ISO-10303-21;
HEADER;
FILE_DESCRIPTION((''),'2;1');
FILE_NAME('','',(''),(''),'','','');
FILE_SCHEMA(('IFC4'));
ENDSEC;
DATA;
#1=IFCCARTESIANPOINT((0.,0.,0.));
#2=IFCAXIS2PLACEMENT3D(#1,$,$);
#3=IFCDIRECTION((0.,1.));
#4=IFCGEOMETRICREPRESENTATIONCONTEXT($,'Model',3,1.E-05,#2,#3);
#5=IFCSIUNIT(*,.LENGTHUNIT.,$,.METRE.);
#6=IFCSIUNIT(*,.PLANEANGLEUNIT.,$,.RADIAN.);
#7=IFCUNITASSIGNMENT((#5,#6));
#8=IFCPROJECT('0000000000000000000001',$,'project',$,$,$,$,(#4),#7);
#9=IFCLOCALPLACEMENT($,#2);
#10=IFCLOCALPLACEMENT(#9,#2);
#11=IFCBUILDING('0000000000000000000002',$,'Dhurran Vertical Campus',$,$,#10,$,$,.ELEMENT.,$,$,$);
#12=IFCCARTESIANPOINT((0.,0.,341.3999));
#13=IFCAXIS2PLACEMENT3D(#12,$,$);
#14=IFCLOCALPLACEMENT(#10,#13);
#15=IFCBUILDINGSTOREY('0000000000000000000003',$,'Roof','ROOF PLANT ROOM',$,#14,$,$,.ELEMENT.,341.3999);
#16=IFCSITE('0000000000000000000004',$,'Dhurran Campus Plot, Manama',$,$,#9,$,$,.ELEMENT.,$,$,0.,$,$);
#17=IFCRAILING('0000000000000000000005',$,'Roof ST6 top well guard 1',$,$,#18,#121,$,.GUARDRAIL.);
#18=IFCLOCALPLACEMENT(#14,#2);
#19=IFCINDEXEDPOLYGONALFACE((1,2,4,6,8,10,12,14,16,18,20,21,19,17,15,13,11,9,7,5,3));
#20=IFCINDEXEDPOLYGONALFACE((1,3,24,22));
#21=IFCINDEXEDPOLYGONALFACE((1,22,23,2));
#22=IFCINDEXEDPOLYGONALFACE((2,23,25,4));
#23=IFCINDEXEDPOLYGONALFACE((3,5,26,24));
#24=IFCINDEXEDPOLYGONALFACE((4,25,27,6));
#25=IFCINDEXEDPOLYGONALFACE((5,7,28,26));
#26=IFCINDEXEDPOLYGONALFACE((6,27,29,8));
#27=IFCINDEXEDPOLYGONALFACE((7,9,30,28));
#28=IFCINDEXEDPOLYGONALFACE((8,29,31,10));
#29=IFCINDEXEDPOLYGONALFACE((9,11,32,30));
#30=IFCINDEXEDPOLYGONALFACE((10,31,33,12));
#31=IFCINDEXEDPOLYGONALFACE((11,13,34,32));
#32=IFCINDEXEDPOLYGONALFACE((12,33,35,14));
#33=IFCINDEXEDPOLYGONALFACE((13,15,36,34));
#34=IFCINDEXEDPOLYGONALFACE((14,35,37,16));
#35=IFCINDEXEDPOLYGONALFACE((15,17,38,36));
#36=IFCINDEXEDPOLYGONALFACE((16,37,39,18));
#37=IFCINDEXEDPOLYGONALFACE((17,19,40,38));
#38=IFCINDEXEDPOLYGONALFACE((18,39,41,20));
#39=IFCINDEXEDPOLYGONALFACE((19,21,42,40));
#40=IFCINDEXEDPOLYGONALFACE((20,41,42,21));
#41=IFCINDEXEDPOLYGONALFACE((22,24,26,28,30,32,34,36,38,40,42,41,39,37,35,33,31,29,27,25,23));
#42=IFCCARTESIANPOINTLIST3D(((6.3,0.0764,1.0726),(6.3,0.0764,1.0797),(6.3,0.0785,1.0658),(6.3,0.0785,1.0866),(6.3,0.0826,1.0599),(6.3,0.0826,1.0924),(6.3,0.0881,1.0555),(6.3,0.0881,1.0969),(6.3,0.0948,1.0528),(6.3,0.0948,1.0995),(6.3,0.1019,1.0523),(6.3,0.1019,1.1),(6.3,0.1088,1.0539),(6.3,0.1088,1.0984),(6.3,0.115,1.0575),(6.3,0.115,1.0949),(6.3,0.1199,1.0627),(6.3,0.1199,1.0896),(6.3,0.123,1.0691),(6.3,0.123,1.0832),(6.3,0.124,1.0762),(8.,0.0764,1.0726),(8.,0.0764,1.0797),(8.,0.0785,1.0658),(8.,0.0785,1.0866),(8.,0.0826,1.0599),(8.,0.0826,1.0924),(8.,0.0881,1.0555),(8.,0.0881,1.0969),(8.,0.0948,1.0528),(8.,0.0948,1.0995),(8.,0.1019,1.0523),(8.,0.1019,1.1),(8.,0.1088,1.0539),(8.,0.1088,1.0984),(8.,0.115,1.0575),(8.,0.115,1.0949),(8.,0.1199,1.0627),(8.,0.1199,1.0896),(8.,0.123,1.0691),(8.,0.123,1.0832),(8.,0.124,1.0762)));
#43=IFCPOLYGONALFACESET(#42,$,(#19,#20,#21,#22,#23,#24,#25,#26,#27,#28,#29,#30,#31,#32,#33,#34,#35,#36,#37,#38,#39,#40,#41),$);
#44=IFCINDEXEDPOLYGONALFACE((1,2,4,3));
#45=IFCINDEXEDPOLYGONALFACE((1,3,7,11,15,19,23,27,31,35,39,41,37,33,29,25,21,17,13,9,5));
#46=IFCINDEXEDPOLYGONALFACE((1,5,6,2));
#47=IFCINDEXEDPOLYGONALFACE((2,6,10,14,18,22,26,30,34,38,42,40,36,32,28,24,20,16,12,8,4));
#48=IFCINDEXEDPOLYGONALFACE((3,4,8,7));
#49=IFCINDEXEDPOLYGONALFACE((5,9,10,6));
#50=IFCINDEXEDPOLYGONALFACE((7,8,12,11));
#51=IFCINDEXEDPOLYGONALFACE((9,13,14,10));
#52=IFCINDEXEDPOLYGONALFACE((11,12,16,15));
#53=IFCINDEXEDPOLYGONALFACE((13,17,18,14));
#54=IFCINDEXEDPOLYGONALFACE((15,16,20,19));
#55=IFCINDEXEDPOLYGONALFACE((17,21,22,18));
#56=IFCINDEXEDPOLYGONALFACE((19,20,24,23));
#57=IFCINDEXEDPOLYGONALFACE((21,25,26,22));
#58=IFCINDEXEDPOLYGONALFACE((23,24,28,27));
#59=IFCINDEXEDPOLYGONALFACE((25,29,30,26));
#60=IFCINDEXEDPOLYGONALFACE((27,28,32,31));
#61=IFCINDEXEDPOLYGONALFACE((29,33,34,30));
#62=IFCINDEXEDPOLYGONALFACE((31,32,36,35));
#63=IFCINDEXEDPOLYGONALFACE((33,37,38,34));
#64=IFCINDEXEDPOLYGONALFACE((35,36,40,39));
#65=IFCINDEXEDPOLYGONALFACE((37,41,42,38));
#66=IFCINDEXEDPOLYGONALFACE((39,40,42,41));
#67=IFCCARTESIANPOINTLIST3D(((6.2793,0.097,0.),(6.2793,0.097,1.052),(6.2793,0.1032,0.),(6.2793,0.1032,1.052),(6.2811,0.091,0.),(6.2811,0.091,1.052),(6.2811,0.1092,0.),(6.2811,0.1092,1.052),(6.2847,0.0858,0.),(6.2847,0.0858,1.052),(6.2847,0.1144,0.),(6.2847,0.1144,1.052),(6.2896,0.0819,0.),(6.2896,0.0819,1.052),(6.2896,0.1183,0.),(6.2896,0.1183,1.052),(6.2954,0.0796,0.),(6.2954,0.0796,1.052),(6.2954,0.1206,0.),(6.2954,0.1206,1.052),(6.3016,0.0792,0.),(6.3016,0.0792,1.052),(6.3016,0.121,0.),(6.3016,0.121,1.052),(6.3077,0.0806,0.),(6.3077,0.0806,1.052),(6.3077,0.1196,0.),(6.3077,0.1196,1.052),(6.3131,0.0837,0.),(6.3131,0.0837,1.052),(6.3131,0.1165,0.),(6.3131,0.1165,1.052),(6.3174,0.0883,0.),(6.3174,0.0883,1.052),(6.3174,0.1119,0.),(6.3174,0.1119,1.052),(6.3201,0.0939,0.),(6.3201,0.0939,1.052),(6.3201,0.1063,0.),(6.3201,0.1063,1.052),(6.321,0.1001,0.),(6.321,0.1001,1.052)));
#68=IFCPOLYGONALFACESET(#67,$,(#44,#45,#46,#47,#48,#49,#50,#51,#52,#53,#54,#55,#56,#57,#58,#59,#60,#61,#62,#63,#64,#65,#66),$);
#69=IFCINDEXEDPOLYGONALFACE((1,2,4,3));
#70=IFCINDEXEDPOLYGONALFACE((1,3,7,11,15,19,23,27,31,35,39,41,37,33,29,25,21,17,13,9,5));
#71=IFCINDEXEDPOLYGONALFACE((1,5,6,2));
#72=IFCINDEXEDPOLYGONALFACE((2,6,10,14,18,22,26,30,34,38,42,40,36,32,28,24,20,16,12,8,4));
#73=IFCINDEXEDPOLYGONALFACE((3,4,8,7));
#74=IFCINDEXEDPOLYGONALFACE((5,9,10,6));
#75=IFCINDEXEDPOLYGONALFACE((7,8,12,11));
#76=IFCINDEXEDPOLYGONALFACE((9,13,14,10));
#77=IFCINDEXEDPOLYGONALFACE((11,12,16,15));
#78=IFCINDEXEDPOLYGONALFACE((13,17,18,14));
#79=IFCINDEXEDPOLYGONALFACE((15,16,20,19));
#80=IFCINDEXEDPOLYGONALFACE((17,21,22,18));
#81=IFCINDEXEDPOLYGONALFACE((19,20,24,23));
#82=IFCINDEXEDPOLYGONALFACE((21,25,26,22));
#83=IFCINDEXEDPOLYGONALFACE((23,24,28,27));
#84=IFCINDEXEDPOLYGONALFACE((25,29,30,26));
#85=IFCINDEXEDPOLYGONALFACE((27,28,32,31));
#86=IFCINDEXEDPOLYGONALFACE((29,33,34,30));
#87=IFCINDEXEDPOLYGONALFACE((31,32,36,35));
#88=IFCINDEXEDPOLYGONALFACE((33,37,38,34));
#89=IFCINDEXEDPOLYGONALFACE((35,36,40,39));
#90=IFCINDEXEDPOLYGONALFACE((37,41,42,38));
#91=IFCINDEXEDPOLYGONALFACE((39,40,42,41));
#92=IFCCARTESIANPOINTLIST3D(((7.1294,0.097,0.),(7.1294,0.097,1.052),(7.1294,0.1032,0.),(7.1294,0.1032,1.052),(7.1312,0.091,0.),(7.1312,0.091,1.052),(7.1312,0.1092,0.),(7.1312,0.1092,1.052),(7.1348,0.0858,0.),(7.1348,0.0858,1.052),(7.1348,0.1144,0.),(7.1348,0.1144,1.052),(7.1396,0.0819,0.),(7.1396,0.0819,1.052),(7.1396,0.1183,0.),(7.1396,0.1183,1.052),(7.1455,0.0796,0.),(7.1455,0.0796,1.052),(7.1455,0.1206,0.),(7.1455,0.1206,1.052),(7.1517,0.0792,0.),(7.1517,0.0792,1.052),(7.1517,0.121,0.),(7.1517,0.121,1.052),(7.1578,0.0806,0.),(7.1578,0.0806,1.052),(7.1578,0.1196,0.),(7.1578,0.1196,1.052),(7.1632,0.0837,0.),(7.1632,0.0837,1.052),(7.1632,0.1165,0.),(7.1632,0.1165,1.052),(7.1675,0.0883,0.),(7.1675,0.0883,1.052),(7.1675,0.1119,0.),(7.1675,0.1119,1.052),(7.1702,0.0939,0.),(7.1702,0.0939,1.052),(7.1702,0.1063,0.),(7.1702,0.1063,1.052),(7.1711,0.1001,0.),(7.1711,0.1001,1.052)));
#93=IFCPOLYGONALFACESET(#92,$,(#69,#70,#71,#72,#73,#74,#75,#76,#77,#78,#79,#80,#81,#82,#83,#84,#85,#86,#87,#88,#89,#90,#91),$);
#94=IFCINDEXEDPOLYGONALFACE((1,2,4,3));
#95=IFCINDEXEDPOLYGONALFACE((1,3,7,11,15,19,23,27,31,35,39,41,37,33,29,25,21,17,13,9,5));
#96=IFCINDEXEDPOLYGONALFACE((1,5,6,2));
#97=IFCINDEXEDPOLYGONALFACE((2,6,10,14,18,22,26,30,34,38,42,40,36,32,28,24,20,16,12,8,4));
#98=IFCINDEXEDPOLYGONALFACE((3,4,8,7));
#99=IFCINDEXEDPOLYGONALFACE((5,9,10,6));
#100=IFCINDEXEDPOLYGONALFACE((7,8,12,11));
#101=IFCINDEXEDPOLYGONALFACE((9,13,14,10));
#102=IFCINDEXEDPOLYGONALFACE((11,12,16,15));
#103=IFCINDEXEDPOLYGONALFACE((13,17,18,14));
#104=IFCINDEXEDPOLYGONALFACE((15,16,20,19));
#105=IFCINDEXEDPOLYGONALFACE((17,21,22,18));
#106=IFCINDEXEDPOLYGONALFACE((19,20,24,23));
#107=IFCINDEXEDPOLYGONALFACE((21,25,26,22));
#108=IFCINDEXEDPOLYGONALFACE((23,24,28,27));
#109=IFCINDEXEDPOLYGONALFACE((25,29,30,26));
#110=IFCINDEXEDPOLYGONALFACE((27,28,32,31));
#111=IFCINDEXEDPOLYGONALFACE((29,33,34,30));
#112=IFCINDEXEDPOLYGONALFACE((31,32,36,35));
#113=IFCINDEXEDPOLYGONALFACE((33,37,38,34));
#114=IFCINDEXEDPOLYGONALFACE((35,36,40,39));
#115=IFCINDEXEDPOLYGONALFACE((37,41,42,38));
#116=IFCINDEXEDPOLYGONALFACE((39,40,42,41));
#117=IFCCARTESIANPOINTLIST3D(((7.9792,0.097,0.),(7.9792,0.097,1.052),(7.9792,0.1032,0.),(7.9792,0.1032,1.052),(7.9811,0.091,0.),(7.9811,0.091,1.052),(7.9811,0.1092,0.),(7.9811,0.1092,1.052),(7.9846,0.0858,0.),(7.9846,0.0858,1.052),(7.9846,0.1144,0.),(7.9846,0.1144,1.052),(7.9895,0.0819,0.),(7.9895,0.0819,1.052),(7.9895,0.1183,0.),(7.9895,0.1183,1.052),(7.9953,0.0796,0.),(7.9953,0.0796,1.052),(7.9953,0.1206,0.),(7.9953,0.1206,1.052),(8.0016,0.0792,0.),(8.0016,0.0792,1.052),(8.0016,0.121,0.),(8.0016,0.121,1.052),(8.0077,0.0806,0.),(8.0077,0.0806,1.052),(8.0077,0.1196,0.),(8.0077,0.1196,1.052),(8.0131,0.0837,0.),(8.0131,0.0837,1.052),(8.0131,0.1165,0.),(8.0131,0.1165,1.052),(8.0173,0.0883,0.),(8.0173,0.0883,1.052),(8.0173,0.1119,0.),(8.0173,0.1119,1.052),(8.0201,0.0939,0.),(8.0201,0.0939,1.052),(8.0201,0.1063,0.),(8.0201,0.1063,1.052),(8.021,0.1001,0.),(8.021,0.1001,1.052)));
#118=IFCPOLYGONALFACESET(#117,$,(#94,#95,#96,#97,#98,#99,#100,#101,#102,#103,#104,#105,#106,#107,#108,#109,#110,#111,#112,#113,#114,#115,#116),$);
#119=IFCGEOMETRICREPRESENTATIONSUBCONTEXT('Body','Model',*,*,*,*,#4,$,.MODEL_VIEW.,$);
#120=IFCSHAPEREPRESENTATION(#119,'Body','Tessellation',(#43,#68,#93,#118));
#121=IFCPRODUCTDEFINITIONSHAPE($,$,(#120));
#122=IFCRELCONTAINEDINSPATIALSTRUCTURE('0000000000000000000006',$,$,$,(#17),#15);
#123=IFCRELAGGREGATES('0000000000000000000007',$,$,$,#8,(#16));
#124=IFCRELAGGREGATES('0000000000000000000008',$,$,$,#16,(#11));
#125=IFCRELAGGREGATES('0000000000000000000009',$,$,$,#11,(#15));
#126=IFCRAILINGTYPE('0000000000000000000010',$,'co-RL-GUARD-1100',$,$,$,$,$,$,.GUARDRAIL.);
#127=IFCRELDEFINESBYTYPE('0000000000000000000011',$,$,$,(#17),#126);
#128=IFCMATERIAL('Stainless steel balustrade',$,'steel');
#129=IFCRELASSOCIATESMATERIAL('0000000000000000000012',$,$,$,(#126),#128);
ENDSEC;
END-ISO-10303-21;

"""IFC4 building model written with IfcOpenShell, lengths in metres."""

from ifc_helpers import new_model, si_unit, direction, frame, origin, origin_2d, place, context, subcontext, project, spatial, circle, extrude, material, type_object, element, save


model = new_model("IFC4")

# Units and contexts
model_context = context("Model", 3, precision=1e-05, world=origin(), true_north=direction((0.0, 1.0)))
body_context = subcontext(model_context, "Body", "Model", "MODEL_VIEW")
ifc_project = project(units=[si_unit("LENGTHUNIT", "METRE"), si_unit("PLANEANGLEUNIT", "RADIAN")], contexts=[model_context])

# Site, building, storey
site_placement = place(None, origin())
site = spatial("IfcSite", under=ifc_project, at=site_placement, Name="Dhurran Campus Plot, Manama", CompositionType="ELEMENT", RefElevation=0.0)
building_placement = place(site_placement, origin())
building = spatial("IfcBuilding", under=site, at=building_placement, Name="Dhurran Vertical Campus", CompositionType="ELEMENT")
storey_placement = place(building_placement, frame((0.0, 0.0, 341.3999)))
storey = spatial("IfcBuildingStorey", under=building, at=storey_placement, Name="Roof", Description="ROOF PLANT ROOM", CompositionType="ELEMENT", Elevation=341.3999)

# Railing
ifc_material_1 = material(Name="Stainless steel balustrade", Category="steel")
railing_type = type_object("IfcRailingType", Name="co-RL-GUARD-1100", PredefinedType="GUARDRAIL", material=ifc_material_1)
railing_placement = place(storey_placement, frame((6.3, 0.1001, 0.0)))
element("IfcRailing", 1, at=railing_placement, inside=storey, type_object=railing_type, Name="Roof ST6 top well guard 1", PredefinedType="GUARDRAIL", context=body_context, shape_type="SweptSolid", body=[
    extrude(circle(Radius=0.0239, at=origin_2d()), frame((0.0, 0.0, 1.0762), z_axis=(1.0, 0.0, 0.0), x_axis=(0.0, 1.0, 0.0)), (0.0, 0.0, 1.0), 1.7),
    extrude(circle(Radius=0.021, at=origin_2d()), origin(), (0.0, 0.0, 1.0), 1.052),
    extrude(circle(Radius=0.021, at=origin_2d()), frame((0.8501, 0.0, 0.0)), (0.0, 0.0, 1.0), 1.052),
    extrude(circle(Radius=0.021, at=origin_2d()), frame((1.7, 0.0, 0.0)), (0.0, 0.0, 1.0), 1.052),
])

save(model, "model.ifc")
